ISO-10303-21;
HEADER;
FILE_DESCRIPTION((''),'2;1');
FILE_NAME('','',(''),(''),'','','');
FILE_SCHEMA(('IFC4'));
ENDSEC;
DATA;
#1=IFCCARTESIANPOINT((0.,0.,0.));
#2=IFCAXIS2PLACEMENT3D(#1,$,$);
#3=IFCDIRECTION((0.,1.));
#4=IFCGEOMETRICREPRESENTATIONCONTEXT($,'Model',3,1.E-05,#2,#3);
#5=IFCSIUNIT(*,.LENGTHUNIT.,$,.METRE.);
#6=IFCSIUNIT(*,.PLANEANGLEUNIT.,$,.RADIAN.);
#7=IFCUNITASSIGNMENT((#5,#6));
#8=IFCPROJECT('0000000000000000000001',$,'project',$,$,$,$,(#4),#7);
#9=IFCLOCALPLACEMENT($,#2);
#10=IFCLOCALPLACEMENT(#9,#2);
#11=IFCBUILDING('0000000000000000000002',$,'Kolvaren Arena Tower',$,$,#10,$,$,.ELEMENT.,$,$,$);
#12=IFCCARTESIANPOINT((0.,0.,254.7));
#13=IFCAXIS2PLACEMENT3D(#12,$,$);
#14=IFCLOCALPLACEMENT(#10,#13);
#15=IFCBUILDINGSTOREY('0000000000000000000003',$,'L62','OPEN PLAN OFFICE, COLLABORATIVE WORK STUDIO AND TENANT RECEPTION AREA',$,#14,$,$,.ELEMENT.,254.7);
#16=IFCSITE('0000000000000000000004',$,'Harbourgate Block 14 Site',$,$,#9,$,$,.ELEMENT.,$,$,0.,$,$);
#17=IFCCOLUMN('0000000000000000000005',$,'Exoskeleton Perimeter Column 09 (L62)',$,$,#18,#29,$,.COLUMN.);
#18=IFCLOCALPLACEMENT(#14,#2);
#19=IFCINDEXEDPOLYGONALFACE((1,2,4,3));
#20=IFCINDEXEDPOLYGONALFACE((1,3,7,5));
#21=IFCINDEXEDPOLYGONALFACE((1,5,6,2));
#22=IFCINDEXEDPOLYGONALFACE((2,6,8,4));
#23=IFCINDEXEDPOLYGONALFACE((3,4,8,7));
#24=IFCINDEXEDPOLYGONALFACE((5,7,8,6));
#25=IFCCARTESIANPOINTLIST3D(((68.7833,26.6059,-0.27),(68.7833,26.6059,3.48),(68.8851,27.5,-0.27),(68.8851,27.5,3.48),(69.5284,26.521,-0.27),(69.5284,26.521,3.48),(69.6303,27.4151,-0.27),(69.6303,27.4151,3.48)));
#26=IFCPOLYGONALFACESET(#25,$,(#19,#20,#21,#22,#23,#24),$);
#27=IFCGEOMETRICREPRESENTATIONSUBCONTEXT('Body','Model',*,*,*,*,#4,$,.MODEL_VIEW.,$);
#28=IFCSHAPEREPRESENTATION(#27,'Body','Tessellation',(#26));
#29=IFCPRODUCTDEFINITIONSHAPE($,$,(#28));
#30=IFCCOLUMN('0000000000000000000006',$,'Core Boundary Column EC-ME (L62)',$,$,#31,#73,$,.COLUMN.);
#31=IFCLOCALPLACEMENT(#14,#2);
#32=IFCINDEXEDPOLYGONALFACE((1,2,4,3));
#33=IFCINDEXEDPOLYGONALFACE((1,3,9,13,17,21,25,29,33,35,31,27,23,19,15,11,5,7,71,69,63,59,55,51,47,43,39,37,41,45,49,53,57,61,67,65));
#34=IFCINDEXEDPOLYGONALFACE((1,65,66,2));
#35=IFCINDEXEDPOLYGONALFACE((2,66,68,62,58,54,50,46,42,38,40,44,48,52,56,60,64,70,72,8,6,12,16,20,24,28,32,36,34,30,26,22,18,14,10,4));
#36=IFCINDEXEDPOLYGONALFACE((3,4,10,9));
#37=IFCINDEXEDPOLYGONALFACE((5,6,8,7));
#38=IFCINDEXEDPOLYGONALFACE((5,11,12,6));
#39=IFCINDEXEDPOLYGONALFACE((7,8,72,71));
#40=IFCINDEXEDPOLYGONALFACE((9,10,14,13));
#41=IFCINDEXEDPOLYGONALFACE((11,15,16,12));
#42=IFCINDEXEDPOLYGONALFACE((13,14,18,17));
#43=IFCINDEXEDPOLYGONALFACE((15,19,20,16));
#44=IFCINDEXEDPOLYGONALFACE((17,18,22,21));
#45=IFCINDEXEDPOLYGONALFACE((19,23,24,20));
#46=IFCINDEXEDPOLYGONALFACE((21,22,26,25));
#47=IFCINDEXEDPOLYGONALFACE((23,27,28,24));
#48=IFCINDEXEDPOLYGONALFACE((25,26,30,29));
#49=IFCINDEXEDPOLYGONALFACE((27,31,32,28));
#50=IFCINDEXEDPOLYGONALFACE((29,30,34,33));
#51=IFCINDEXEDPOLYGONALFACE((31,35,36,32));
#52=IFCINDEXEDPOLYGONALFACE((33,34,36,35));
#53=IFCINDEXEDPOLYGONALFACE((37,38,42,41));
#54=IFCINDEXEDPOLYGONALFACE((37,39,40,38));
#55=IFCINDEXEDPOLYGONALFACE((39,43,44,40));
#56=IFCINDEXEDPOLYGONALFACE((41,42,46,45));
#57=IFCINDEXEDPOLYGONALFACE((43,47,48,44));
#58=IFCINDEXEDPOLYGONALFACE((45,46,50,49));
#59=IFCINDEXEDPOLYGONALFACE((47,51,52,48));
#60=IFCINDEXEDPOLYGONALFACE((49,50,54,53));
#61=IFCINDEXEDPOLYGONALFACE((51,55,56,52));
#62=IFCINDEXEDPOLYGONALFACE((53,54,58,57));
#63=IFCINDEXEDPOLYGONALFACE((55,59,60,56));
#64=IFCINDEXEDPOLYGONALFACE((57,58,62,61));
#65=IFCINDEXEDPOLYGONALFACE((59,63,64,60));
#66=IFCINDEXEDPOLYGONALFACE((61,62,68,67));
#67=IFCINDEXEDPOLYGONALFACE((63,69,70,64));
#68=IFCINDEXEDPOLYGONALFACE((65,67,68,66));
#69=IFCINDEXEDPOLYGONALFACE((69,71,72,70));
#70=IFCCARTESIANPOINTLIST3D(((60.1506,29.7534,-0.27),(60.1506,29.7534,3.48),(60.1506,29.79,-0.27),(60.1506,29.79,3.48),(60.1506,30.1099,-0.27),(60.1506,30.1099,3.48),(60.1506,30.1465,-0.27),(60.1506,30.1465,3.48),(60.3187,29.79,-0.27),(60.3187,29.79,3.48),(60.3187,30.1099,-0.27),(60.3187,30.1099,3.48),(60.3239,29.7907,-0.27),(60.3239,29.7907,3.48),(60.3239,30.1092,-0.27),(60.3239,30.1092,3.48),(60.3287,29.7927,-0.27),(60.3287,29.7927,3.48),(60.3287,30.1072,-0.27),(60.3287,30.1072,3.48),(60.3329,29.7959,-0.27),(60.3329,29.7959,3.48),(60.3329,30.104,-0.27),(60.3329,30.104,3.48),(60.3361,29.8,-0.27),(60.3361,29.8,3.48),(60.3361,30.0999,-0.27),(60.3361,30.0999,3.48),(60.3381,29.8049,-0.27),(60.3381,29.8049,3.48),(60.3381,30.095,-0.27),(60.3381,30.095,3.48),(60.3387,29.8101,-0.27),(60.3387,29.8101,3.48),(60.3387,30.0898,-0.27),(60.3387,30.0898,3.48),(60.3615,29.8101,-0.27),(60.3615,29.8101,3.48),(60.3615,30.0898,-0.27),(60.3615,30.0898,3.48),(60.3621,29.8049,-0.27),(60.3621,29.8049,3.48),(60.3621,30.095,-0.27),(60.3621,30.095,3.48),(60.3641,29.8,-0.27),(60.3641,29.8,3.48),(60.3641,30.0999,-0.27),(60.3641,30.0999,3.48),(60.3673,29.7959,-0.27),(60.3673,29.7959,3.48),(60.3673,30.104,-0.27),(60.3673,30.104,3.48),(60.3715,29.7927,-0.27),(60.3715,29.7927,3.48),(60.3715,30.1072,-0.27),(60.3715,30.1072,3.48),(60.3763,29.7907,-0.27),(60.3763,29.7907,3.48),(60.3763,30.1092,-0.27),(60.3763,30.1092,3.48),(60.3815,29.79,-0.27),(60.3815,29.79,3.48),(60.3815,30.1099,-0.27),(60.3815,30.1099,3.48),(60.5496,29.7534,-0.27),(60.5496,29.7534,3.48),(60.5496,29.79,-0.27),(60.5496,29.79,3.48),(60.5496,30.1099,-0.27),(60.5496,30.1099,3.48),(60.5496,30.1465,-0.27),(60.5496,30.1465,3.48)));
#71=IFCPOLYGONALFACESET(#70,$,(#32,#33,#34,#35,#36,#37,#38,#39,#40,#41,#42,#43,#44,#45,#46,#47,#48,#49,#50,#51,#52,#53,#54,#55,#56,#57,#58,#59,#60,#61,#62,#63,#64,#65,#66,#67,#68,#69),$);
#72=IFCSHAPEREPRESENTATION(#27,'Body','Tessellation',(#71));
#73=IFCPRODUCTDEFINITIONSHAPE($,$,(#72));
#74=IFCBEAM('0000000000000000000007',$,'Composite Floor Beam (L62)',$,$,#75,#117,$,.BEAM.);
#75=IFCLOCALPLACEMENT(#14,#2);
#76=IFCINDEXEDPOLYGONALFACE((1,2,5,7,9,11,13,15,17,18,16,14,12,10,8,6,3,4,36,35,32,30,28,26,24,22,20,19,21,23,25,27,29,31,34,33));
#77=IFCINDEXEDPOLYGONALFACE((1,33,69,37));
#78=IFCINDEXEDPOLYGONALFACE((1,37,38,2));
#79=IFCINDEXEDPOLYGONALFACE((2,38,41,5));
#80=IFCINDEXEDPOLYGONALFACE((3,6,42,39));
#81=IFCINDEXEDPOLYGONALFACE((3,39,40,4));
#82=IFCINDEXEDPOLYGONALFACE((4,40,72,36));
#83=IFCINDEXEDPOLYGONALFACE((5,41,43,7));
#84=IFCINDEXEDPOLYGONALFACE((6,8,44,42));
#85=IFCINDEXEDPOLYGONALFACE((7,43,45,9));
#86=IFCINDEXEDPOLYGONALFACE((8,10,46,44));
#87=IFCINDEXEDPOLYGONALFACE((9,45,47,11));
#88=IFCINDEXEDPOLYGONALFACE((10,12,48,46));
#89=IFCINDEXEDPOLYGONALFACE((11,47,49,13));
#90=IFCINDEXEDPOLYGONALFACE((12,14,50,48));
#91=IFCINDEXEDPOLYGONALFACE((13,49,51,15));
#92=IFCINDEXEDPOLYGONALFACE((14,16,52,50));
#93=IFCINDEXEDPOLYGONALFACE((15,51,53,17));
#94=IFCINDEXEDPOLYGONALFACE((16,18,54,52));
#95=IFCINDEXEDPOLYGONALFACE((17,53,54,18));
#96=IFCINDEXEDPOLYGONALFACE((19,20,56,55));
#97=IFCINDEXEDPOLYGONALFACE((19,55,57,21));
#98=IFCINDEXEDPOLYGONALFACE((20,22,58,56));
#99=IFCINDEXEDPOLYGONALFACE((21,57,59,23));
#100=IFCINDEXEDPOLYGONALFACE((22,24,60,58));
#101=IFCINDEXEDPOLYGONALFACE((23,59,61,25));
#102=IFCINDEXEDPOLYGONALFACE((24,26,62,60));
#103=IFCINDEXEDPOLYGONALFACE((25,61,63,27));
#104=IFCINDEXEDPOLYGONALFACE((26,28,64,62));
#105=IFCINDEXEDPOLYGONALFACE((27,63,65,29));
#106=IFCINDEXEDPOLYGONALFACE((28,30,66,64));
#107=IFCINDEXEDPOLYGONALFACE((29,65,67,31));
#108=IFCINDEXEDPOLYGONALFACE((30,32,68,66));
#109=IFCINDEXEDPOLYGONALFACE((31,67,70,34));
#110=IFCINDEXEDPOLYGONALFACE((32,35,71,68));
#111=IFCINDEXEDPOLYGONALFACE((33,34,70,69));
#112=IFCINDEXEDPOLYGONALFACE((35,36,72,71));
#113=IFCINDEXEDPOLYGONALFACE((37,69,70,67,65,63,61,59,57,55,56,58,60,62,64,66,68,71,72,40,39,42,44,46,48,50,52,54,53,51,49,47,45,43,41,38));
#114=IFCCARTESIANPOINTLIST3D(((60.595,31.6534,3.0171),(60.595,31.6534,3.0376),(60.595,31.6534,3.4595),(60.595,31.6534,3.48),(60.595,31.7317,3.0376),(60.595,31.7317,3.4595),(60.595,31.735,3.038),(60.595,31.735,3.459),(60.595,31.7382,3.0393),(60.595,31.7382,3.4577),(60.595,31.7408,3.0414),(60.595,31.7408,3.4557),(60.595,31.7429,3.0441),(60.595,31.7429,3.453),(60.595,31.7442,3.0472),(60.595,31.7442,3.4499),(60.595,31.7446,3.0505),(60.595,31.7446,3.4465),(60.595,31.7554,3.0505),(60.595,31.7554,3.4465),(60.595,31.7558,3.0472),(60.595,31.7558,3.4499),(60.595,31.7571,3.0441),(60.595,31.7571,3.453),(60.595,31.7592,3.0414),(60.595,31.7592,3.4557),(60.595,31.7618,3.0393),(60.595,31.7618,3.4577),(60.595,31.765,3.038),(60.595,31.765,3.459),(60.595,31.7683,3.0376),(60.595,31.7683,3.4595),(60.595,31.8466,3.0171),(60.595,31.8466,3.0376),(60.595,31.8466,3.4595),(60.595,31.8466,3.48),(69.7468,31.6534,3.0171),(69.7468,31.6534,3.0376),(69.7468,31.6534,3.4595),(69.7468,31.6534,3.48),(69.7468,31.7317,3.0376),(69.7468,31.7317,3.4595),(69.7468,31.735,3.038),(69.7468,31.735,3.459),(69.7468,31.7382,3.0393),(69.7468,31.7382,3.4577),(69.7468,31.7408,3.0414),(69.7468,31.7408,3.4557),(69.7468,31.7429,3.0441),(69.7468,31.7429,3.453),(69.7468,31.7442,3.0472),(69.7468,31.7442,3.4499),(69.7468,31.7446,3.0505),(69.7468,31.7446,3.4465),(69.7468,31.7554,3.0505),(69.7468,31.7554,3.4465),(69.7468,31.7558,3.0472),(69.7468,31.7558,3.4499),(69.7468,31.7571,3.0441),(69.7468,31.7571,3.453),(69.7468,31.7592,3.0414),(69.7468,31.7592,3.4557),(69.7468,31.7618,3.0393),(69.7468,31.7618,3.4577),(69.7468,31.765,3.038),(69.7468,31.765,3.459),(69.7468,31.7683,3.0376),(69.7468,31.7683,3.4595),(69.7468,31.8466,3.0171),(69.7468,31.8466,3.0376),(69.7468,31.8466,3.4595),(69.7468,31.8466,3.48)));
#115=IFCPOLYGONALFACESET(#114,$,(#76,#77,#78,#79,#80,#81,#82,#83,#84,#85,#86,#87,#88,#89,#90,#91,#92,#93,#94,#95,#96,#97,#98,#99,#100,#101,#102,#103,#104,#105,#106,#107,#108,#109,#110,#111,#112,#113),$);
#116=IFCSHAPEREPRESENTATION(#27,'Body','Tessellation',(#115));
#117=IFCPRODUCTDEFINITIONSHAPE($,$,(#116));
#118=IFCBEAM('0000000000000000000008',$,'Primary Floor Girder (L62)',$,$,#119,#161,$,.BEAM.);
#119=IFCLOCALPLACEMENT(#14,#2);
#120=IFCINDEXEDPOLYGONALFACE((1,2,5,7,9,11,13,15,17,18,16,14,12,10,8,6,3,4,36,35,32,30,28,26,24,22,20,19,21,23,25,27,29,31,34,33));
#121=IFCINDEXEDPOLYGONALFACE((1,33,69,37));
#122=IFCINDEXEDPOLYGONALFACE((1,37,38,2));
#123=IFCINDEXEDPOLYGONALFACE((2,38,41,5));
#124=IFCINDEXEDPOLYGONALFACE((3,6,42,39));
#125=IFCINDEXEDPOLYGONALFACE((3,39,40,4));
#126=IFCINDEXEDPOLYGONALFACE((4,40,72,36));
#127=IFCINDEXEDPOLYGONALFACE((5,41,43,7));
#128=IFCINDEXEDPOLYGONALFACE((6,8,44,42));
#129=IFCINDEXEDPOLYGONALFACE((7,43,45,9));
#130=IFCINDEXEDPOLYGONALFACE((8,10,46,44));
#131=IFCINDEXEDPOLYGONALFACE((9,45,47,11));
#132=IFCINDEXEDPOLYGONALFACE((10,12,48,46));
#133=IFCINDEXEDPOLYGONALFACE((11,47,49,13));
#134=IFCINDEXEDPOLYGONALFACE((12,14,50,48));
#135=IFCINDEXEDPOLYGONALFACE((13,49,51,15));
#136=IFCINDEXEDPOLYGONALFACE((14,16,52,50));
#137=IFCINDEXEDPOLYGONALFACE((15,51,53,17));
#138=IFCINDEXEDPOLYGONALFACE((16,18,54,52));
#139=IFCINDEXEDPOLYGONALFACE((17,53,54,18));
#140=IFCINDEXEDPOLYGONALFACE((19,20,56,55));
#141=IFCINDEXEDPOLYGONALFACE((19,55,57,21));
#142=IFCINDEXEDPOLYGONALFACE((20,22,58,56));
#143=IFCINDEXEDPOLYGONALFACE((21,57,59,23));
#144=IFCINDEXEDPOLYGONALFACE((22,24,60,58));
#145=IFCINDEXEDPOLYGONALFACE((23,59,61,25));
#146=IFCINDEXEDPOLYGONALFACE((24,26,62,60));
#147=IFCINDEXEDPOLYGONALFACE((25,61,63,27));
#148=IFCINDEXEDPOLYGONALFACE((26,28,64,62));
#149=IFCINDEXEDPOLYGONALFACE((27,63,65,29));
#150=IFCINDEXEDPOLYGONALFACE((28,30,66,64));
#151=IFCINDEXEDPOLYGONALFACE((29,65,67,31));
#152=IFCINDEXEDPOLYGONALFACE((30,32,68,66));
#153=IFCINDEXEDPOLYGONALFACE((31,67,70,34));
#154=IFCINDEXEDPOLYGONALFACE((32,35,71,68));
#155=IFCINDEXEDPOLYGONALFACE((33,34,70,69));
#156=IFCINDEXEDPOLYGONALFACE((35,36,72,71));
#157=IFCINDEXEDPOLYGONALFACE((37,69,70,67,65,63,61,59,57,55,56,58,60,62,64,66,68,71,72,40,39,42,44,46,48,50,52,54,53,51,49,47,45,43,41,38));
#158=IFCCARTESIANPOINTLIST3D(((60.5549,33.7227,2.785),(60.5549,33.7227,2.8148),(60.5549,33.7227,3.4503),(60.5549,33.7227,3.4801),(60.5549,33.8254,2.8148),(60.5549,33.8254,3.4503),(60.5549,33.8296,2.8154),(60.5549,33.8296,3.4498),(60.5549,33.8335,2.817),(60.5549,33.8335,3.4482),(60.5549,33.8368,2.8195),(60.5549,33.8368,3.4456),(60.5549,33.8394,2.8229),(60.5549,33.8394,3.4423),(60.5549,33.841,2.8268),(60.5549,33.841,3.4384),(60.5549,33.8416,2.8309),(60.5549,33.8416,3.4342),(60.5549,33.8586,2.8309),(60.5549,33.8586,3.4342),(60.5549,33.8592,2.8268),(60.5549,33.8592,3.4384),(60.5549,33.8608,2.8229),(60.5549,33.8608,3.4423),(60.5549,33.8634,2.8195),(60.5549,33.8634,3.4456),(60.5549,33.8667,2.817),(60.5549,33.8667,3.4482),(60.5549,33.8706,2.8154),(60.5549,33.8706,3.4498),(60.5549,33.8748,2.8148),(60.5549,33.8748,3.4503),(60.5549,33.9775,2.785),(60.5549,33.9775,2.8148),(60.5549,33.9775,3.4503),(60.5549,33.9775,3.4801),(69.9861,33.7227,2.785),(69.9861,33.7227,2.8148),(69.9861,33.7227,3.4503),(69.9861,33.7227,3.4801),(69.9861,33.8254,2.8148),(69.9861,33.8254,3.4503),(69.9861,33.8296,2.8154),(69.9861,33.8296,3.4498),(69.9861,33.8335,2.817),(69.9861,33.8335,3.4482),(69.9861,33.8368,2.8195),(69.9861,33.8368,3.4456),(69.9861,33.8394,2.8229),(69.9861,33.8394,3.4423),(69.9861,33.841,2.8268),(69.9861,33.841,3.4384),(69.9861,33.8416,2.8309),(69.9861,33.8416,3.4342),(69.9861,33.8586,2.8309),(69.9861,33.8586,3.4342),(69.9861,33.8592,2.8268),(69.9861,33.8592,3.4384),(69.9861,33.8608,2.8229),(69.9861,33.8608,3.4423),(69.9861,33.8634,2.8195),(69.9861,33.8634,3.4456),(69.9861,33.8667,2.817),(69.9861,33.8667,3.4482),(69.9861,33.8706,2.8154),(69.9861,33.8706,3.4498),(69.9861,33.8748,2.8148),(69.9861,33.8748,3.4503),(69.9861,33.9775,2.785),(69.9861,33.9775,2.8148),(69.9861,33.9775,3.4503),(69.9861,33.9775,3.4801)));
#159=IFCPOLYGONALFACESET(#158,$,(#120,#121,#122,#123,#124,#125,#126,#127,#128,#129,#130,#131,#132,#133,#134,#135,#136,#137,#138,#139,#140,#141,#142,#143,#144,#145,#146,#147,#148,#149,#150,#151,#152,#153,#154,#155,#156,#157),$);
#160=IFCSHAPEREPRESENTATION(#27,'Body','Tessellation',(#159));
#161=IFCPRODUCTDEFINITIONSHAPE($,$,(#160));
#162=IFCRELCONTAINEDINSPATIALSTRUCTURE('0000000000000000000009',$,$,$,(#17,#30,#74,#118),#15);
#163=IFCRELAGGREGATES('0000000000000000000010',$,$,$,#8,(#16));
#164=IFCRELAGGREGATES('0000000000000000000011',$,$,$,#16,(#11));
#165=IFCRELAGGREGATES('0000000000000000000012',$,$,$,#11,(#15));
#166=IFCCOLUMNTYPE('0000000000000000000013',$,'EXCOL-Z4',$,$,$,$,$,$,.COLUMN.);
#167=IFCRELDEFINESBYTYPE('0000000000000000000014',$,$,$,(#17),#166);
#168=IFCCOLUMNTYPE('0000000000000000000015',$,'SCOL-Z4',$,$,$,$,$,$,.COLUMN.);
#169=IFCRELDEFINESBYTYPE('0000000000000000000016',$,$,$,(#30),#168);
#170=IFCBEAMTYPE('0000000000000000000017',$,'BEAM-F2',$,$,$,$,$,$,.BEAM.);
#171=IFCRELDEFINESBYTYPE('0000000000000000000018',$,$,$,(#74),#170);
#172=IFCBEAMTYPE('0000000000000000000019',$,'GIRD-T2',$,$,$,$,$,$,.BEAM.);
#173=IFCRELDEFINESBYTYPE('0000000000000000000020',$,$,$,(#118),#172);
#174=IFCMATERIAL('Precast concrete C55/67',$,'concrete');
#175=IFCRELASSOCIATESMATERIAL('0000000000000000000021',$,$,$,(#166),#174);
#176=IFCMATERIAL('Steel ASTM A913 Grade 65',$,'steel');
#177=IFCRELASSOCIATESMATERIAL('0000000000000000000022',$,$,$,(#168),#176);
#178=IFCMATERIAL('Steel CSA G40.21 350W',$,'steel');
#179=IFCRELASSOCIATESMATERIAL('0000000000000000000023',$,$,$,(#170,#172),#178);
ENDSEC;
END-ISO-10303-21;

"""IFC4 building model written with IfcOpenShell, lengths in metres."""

from ifc_helpers import new_model, si_unit, direction, frame, origin, origin_2d, place, context, subcontext, project, spatial, rectangle, i_section, extrude, material, material_profile, profile_set, type_object, element, save


model = new_model("IFC4")

# Units and contexts
model_context = context("Model", 3, precision=1e-05, world=origin(), true_north=direction((0.0, 1.0)))
body_context = subcontext(model_context, "Body", "Model", "MODEL_VIEW")
ifc_project = project(units=[si_unit("LENGTHUNIT", "METRE"), si_unit("PLANEANGLEUNIT", "RADIAN")], contexts=[model_context])

# Site, building, storey
site_placement = place(None, origin())
site = spatial("IfcSite", under=ifc_project, at=site_placement, Name="Harbourgate Block 14 Site", CompositionType="ELEMENT", RefElevation=0.0)
building_placement = place(site_placement, origin())
building = spatial("IfcBuilding", under=site, at=building_placement, Name="Kolvaren Arena Tower", CompositionType="ELEMENT")
storey_placement = place(building_placement, frame((0.0, 0.0, 254.7)))
storey = spatial("IfcBuildingStorey", under=building, at=storey_placement, Name="L62", Description="OPEN PLAN OFFICE, COLLABORATIVE WORK STUDIO AND TENANT RECEPTION AREA", CompositionType="ELEMENT", Elevation=254.7)

# Columns
ifc_material_1 = material(Name="Precast concrete C55/67", Category="concrete")
ifc_material_profile_1 = material_profile(ifc_material_1, rectangle(XDim=0.8999, YDim=0.75, at=origin_2d()), Name="RC-900x750")
ifc_profile_set_1 = profile_set([ifc_material_profile_1], Name="Precast concrete C55/67")
column_type_1 = type_object("IfcColumnType", Name="EXCOL-Z4", PredefinedType="COLUMN", material=ifc_profile_set_1)
column_1_placement = place(storey_placement, frame((69.2068, 27.0105, -0.27), z_axis=(0.0, 0.0, 1.0), x_axis=(0.113203, 0.993572, 0.0)))
element("IfcColumn", 1, at=column_1_placement, inside=storey, type_object=column_type_1, Name="Exoskeleton Perimeter Column 09 (L62)", PredefinedType="COLUMN", context=body_context, shape_type="SweptSolid", body=[
    extrude(rectangle(XDim=0.8999, YDim=0.75, at=origin_2d()), origin(), (0.0, 0.0, 1.0), 3.75),
])
ifc_material_2 = material(Name="Steel ASTM A913 Grade 65", Category="steel")
ifc_material_profile_2 = material_profile(ifc_material_2, i_section(OverallWidth=0.3989, OverallDepth=0.3931, WebThickness=0.0227, FlangeThickness=0.0366, FilletRadius=0.02, at=origin_2d()), Name="W360x287")
ifc_profile_set_2 = profile_set([ifc_material_profile_2], Name="Steel ASTM A913 Grade 65")
column_type_2 = type_object("IfcColumnType", Name="SCOL-Z4", PredefinedType="COLUMN", material=ifc_profile_set_2)
column_2_placement = place(storey_placement, frame((60.3501, 29.95, -0.27), z_axis=(0.0, 0.0, 1.0), x_axis=(1.0, 0.0, 0.0)))
element("IfcColumn", 2, at=column_2_placement, inside=storey, type_object=column_type_2, Name="Core Boundary Column EC-ME (L62)", PredefinedType="COLUMN", context=body_context, shape_type="SweptSolid", body=[
    extrude(i_section(OverallWidth=0.3989, OverallDepth=0.3931, WebThickness=0.0227, FlangeThickness=0.0366, FilletRadius=0.02, at=origin_2d()), origin(), (0.0, 0.0, 1.0), 3.75),
])

# Beams
ifc_material_3 = material(Name="Steel CSA G40.21 350W", Category="steel")
ifc_material_profile_3 = material_profile(ifc_material_3, i_section(OverallWidth=0.1931, OverallDepth=0.4629, WebThickness=0.0107, FlangeThickness=0.0205, FilletRadius=0.0129, at=origin_2d()), Name="W460x113")
ifc_profile_set_3 = profile_set([ifc_material_profile_3], Name="Steel CSA G40.21 350W")
beam_type_1 = type_object("IfcBeamType", Name="BEAM-F2", PredefinedType="BEAM", material=ifc_profile_set_3)
beam_1_placement = place(storey_placement, frame((60.595, 31.75, 3.2485), z_axis=(1.0, 0.0, 0.0), x_axis=(0.0, 1.0, 0.0)))
element("IfcBeam", 3, at=beam_1_placement, inside=storey, type_object=beam_type_1, Name="Composite Floor Beam (L62)", PredefinedType="BEAM", context=body_context, shape_type="SweptSolid", body=[
    extrude(i_section(OverallWidth=0.1931, OverallDepth=0.4629, WebThickness=0.0107, FlangeThickness=0.0205, FilletRadius=0.0129, at=origin_2d()), origin(), (0.0, 0.0, 1.0), 9.1519),
])
ifc_material_profile_4 = material_profile(ifc_material_3, i_section(OverallWidth=0.2549, OverallDepth=0.6951, WebThickness=0.0171, FlangeThickness=0.0298, FilletRadius=0.0161, at=origin_2d()), Name="W690x217")
ifc_profile_set_4 = profile_set([ifc_material_profile_4], Name="Steel CSA G40.21 350W")
beam_type_2 = type_object("IfcBeamType", Name="GIRD-T2", PredefinedType="BEAM", material=ifc_profile_set_4)
beam_2_placement = place(storey_placement, frame((60.5549, 33.8501, 3.1326), z_axis=(1.0, 0.0, 0.0), x_axis=(0.0, 1.0, 0.0)))
element("IfcBeam", 4, at=beam_2_placement, inside=storey, type_object=beam_type_2, Name="Primary Floor Girder (L62)", PredefinedType="BEAM", context=body_context, shape_type="SweptSolid", body=[
    extrude(i_section(OverallWidth=0.2549, OverallDepth=0.6951, WebThickness=0.0171, FlangeThickness=0.0298, FilletRadius=0.0161, at=origin_2d()), origin(), (0.0, 0.0, 1.0), 9.4312),
])

save(model, "model.ifc")
